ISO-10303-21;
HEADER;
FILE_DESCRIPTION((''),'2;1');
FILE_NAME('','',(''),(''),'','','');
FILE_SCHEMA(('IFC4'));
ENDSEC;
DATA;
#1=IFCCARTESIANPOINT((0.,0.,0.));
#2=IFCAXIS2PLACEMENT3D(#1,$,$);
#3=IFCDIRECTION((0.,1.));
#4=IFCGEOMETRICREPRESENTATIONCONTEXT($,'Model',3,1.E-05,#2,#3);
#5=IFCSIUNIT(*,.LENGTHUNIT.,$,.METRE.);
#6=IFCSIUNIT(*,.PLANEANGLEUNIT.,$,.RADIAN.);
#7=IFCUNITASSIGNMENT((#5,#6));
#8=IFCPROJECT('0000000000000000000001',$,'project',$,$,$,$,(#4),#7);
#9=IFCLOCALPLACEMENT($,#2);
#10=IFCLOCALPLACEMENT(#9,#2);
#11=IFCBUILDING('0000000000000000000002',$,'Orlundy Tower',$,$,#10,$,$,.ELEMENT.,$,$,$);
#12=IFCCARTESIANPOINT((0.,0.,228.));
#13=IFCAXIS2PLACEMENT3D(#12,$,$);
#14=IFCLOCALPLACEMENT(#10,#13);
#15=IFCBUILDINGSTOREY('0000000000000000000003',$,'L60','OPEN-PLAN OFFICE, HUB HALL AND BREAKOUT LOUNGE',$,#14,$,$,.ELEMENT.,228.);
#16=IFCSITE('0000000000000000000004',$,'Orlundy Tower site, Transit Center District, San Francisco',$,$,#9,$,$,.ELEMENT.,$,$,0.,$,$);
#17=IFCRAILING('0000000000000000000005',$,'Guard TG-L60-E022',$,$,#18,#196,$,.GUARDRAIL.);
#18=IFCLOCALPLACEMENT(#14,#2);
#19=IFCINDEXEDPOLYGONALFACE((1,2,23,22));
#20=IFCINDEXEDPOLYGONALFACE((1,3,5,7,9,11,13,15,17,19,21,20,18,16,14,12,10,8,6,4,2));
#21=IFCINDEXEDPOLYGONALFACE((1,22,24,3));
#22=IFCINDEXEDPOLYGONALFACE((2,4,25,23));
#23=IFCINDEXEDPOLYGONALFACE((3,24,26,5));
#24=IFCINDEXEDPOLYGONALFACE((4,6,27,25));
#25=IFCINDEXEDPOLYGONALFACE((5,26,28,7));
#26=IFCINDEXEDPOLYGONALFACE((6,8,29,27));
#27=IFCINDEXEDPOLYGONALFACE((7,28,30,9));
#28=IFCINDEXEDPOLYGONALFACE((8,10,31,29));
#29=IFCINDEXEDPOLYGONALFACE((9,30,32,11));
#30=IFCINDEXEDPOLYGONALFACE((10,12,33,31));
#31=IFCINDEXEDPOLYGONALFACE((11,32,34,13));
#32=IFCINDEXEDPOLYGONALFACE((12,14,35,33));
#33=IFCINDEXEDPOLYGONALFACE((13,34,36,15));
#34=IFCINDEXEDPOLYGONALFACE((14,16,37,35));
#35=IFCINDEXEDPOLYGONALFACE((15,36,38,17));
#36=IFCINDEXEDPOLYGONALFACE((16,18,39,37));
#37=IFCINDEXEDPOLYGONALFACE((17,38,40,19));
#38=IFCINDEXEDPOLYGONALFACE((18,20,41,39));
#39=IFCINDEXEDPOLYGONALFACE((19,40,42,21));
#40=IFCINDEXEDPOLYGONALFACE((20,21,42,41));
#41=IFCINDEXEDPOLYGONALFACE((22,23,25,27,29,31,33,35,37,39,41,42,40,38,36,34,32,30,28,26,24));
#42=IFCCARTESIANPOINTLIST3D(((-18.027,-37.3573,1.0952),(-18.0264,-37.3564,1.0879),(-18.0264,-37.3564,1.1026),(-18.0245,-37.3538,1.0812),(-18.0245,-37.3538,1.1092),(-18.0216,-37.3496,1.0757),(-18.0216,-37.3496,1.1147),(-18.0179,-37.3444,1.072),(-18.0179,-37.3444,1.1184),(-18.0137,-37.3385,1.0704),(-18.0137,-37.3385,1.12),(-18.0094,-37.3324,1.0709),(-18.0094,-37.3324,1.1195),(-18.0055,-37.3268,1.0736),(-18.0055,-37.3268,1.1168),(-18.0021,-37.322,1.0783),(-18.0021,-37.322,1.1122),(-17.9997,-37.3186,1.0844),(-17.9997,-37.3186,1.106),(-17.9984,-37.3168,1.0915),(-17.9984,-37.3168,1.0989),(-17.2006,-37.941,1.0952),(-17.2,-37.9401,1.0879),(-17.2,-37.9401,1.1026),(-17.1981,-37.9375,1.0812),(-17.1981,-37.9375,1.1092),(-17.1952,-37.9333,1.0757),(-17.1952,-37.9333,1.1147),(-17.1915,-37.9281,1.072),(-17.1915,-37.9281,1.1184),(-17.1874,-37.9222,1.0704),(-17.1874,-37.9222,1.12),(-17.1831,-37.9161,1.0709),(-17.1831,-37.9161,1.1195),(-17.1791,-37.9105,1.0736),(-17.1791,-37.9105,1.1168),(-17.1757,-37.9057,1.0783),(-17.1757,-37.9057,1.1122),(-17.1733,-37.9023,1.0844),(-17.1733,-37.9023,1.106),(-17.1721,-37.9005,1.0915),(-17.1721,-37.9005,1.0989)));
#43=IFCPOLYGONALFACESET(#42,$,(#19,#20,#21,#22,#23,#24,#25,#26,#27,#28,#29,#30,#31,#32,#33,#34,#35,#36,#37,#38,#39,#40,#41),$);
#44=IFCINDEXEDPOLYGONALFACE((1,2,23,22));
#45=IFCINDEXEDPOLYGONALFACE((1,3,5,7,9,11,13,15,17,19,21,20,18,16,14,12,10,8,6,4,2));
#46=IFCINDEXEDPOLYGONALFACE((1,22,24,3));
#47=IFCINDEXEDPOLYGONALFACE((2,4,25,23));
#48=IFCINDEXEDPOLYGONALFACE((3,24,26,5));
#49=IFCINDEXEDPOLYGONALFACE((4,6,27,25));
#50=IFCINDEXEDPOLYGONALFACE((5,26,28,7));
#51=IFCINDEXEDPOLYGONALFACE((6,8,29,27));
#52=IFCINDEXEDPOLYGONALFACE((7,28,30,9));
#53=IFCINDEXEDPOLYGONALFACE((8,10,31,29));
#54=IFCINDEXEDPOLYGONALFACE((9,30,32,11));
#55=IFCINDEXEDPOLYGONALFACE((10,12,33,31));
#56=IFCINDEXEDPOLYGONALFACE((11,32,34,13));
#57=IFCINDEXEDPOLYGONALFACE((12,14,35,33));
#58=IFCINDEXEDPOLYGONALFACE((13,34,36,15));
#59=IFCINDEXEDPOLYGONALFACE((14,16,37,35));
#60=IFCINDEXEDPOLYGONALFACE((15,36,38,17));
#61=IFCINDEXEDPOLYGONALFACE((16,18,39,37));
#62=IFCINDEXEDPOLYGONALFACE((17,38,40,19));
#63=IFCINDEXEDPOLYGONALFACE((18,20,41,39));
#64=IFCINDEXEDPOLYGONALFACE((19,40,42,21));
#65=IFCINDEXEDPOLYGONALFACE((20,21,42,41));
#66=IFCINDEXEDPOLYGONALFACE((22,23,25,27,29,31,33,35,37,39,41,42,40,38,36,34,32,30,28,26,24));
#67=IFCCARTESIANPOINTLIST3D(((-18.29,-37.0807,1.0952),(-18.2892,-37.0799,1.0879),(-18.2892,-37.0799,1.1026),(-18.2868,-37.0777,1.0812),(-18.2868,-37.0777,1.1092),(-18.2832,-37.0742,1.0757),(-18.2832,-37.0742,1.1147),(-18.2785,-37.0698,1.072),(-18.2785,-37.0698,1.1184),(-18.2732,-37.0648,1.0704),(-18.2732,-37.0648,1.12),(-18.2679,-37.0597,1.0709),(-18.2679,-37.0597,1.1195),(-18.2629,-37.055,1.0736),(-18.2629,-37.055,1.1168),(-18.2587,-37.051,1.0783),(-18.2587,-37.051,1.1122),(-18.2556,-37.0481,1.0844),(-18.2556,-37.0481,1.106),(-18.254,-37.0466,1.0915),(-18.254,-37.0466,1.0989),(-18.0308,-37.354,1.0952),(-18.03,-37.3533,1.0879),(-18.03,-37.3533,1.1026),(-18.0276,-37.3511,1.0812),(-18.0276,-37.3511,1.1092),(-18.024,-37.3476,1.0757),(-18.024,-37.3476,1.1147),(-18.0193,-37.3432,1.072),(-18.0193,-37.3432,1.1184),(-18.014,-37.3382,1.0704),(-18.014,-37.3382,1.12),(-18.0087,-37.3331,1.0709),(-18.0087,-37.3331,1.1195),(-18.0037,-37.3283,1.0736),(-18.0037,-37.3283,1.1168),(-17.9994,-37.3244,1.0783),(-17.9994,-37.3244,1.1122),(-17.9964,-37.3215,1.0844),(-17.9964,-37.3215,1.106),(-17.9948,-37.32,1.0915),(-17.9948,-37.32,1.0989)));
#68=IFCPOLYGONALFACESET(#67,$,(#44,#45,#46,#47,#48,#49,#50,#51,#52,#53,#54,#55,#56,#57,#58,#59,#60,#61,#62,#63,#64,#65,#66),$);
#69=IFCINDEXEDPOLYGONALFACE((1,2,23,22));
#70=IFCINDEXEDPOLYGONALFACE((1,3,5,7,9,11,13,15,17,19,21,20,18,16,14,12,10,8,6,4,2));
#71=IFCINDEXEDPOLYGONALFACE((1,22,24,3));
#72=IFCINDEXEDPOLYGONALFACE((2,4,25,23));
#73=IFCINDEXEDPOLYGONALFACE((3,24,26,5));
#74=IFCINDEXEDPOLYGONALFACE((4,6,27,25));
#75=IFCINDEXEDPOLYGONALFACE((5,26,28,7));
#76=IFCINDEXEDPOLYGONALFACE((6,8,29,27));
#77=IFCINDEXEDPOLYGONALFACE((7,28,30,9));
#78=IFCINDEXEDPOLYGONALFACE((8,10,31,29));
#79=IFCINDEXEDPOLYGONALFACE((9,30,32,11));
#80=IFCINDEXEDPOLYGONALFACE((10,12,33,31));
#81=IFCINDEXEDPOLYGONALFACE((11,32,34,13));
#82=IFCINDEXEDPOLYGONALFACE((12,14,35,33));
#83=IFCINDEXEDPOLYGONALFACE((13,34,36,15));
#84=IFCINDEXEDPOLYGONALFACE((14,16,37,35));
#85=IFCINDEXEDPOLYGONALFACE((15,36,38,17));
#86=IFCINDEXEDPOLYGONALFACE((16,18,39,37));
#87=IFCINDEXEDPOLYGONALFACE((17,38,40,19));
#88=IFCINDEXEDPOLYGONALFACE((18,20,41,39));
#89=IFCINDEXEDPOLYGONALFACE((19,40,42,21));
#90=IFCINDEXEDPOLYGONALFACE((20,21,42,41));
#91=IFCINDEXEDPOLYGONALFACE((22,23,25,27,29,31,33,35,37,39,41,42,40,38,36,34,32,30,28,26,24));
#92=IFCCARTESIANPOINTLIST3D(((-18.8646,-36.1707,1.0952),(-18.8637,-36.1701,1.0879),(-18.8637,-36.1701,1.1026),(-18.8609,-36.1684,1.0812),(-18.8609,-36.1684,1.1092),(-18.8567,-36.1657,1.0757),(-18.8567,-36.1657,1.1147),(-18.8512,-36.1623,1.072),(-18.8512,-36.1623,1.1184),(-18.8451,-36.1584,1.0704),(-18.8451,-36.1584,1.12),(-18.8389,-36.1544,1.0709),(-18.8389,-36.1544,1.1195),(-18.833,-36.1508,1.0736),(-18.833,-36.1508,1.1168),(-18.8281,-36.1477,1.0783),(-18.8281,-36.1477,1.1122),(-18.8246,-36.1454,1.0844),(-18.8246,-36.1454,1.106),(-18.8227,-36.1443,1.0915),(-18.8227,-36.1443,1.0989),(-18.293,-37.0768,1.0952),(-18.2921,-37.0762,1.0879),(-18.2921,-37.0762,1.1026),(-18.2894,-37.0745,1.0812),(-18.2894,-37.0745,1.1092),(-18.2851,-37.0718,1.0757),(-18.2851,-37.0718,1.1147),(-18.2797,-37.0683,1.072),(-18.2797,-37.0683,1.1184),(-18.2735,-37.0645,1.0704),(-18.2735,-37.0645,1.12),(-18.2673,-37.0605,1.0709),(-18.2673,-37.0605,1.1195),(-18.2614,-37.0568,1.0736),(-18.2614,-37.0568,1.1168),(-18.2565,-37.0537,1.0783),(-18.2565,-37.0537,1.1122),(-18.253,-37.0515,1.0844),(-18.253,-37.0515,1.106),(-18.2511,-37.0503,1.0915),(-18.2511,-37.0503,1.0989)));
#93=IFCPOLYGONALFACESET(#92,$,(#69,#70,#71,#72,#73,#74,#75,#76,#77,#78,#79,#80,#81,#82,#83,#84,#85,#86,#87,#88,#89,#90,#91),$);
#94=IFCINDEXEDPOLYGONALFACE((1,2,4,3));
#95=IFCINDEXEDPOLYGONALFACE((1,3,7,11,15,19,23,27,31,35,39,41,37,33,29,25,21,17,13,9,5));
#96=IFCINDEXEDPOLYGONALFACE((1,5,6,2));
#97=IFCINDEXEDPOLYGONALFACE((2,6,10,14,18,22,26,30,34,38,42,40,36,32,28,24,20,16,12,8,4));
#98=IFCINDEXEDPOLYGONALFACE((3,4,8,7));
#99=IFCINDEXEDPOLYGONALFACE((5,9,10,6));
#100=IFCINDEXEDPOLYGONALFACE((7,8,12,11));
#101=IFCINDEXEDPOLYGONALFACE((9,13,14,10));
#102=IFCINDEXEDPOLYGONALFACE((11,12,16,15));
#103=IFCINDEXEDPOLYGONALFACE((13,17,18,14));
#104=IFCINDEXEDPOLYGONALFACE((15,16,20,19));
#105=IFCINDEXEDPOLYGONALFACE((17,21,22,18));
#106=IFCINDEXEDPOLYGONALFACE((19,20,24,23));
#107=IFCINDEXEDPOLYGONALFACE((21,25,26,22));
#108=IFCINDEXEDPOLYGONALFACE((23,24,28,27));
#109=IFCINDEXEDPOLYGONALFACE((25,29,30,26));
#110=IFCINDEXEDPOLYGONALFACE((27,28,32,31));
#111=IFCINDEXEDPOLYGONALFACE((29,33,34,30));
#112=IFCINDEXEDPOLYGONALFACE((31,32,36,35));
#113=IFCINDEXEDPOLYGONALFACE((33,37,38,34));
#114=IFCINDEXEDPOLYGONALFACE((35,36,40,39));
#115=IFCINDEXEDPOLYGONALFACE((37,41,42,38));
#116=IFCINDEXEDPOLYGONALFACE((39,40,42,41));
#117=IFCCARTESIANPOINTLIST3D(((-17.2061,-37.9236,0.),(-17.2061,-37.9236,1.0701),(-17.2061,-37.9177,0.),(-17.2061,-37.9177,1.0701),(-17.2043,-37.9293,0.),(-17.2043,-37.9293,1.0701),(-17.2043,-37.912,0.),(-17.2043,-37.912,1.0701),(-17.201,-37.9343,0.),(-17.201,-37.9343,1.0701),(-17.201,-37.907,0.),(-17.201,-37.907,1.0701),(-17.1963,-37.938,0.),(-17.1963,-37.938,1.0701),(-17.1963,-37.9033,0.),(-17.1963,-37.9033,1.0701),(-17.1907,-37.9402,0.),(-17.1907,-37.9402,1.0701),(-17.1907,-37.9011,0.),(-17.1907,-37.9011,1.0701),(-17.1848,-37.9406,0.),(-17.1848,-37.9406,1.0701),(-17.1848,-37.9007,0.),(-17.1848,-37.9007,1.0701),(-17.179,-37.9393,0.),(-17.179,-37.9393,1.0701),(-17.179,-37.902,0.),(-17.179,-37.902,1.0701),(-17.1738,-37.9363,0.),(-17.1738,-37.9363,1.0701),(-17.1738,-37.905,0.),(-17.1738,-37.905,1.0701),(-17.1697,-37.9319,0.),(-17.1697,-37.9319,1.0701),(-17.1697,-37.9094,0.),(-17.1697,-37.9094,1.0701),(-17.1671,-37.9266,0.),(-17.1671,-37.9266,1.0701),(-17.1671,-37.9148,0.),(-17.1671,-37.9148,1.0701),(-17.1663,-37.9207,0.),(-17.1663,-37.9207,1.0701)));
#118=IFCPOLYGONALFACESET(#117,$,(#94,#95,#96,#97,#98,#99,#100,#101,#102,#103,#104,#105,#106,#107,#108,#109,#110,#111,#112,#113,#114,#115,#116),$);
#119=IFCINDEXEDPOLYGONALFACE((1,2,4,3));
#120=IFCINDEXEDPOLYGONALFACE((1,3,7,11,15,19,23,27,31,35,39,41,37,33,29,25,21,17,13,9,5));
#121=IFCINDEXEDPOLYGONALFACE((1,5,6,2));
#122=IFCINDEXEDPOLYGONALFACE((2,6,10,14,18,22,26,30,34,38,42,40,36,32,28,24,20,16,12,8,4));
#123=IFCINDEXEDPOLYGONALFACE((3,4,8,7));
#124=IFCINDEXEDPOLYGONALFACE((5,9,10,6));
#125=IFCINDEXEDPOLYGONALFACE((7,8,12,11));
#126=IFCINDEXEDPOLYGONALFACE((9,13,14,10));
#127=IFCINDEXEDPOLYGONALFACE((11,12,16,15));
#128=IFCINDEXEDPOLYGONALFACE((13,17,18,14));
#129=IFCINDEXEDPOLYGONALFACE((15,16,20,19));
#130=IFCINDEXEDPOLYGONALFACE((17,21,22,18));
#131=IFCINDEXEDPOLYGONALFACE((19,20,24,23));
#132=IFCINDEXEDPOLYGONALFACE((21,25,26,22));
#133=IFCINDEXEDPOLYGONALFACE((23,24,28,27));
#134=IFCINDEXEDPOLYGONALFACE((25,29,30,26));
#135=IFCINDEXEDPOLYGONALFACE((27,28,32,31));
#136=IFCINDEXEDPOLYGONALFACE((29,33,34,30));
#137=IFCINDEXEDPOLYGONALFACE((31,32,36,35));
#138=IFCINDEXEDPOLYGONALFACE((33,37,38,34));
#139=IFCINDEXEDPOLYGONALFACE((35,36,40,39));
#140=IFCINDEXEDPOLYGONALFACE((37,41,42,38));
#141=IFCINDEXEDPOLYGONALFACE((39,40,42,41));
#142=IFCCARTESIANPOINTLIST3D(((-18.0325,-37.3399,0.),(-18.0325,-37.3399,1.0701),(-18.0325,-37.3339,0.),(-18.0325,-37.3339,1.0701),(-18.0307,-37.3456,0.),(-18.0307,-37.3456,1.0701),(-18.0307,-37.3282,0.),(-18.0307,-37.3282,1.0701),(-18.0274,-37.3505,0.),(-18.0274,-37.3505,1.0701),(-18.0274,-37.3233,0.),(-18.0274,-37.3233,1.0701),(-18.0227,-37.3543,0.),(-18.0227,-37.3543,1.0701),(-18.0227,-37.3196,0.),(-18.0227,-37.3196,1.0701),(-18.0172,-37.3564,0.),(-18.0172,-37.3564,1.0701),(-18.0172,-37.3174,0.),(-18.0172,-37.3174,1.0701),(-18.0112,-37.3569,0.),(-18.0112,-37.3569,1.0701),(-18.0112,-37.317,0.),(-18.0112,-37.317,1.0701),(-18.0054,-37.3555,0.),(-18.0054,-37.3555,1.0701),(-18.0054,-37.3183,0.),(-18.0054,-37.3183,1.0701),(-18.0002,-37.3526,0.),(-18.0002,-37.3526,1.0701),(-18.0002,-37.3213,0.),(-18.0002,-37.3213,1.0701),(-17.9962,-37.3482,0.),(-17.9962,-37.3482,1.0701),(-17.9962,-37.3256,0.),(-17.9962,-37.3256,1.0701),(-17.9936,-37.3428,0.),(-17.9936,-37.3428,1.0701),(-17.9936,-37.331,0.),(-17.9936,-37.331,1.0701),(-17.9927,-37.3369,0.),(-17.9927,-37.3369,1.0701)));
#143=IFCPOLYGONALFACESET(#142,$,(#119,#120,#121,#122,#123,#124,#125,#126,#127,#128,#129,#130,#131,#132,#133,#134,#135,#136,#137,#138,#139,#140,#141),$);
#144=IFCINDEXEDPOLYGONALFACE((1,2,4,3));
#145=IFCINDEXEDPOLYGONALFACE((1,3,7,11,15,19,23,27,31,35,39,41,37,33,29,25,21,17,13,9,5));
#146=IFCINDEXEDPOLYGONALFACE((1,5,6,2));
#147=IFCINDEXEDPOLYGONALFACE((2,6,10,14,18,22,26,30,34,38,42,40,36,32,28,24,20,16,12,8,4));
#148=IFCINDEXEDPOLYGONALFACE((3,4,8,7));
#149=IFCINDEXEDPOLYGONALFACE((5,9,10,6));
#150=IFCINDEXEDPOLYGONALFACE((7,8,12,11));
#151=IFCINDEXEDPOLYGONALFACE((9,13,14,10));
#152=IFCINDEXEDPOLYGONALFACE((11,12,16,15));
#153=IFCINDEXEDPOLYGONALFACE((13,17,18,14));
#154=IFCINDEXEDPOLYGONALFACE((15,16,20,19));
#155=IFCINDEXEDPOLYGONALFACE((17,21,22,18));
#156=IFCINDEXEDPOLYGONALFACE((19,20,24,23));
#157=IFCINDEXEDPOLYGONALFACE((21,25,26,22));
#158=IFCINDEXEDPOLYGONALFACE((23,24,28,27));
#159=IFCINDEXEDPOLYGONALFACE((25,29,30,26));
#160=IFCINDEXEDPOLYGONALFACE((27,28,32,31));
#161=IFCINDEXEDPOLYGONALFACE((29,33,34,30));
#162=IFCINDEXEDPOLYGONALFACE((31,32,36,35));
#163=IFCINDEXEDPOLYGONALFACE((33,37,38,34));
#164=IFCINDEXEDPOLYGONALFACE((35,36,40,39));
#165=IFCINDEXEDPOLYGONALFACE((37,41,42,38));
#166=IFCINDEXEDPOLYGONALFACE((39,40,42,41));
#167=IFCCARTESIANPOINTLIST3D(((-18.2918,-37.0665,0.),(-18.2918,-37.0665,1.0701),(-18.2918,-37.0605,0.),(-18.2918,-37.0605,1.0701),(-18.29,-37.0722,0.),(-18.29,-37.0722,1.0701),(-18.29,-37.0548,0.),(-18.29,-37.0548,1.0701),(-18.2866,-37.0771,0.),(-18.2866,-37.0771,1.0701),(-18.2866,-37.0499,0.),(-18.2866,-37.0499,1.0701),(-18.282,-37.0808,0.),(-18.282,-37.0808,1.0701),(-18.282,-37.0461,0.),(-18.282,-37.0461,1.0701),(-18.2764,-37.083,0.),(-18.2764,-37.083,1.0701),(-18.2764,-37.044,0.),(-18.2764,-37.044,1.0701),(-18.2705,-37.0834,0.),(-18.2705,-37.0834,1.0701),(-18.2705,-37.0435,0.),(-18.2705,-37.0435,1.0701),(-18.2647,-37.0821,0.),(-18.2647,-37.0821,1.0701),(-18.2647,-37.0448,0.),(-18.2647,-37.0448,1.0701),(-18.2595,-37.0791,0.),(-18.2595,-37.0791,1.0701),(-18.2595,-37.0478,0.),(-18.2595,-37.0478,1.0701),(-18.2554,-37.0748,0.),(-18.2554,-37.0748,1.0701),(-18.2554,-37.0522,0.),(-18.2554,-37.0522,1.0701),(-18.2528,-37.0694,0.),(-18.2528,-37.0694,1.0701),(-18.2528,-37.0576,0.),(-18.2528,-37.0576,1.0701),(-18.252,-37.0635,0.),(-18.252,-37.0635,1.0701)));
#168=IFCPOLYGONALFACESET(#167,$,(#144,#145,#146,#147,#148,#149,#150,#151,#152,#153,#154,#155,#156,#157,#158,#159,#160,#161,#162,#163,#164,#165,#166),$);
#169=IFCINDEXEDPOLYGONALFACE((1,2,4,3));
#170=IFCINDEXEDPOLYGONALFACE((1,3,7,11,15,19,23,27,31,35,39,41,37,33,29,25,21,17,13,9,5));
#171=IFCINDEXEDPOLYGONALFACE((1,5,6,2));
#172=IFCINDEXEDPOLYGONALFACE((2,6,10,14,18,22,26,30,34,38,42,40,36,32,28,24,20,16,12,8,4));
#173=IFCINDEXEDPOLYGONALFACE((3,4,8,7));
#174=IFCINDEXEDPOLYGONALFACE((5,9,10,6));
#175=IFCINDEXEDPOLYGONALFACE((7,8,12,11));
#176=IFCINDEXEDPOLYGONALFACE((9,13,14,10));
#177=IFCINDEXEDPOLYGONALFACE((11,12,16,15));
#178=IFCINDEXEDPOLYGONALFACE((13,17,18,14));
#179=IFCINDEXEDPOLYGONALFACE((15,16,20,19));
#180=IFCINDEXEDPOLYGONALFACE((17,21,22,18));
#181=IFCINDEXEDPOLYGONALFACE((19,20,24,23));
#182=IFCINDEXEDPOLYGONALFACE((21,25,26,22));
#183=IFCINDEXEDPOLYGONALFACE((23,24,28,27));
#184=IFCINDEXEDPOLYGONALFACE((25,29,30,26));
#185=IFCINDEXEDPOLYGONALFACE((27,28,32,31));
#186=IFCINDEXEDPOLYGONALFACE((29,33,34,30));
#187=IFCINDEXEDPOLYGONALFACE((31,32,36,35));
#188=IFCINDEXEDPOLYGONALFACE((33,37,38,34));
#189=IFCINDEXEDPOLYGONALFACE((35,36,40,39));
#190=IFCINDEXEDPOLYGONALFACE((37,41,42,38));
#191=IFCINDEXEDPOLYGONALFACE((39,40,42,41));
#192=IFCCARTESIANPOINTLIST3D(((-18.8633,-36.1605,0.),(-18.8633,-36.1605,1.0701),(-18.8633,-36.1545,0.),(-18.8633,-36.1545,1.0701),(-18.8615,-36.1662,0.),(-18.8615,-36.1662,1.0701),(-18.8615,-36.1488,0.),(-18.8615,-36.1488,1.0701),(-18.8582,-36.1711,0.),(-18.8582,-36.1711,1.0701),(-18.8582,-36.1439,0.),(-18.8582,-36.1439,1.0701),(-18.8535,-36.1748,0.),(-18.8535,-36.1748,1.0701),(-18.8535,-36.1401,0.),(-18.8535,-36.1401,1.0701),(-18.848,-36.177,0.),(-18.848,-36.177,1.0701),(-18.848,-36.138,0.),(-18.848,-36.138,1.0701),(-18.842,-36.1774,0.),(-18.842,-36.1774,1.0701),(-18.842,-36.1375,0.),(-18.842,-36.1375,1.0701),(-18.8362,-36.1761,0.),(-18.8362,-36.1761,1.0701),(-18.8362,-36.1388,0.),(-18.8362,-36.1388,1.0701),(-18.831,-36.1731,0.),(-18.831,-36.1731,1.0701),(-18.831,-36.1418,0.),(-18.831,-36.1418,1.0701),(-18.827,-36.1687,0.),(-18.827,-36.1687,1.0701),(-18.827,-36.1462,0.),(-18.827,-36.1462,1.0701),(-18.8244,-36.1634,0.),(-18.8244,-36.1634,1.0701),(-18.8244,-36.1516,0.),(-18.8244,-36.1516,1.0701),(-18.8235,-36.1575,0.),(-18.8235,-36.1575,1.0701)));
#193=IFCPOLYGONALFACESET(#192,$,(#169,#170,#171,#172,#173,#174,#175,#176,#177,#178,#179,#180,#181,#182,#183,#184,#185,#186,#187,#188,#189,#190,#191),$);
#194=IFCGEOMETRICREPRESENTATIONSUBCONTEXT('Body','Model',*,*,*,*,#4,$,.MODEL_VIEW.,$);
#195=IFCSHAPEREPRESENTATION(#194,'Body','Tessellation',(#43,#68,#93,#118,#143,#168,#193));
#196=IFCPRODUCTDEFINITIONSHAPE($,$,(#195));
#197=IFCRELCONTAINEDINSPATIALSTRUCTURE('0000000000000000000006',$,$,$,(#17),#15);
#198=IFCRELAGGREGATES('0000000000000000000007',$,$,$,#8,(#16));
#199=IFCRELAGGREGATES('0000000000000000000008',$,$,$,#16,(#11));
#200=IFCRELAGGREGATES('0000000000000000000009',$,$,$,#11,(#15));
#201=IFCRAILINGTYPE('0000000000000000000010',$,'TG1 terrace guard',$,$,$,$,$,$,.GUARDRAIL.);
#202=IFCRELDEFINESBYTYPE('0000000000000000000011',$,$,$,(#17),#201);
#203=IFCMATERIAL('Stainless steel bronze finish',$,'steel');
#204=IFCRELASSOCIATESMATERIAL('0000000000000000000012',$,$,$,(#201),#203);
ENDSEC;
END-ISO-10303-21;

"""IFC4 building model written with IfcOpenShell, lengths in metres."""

from ifc_helpers import new_model, si_unit, direction, frame, origin, origin_2d, place, context, subcontext, project, spatial, circle, extrude, material, type_object, element, save


model = new_model("IFC4")

# Units and contexts
model_context = context("Model", 3, precision=1e-05, world=origin(), true_north=direction((0.0, 1.0)))
body_context = subcontext(model_context, "Body", "Model", "MODEL_VIEW")
ifc_project = project(units=[si_unit("LENGTHUNIT", "METRE"), si_unit("PLANEANGLEUNIT", "RADIAN")], contexts=[model_context])

# Site, building, storey
site_placement = place(None, origin())
site = spatial("IfcSite", under=ifc_project, at=site_placement, Name="Orlundy Tower site, Transit Center District, San Francisco", CompositionType="ELEMENT", RefElevation=0.0)
building_placement = place(site_placement, origin())
building = spatial("IfcBuilding", under=site, at=building_placement, Name="Orlundy Tower", CompositionType="ELEMENT")
storey_placement = place(building_placement, frame((0.0, 0.0, 228.0)))
storey = spatial("IfcBuildingStorey", under=building, at=storey_placement, Name="L60", Description="OPEN-PLAN OFFICE, HUB HALL AND BREAKOUT LOUNGE", CompositionType="ELEMENT", Elevation=228.0)

# Railing
ifc_material_1 = material(Name="Stainless steel bronze finish", Category="steel")
railing_type = type_object("IfcRailingType", Name="TG1 terrace guard", PredefinedType="GUARDRAIL", material=ifc_material_1)
railing_1_placement = place(storey_placement, frame((-17.1863, -37.9207, 0.0)))
element("IfcRailing", 1, at=railing_1_placement, inside=storey, type_object=railing_type, Name="Guard TG-L60-E022", PredefinedType="GUARDRAIL", context=body_context, shape_type="SweptSolid", body=[
    extrude(circle(Radius=0.0249, at=origin_2d()), frame((0.0, 0.0, 1.0952), z_axis=(-0.816787, 0.576939, 0.0), x_axis=(-0.576939, -0.816787, 0.0)), (0.0, 0.0, 1.0), 1.0117),
    extrude(circle(Radius=0.0249, at=origin_2d()), frame((-0.8264, 0.5837, 1.0952), z_axis=(-0.688068, 0.725646, 0.0), x_axis=(-0.725646, -0.688068, 0.0)), (0.0, 0.0, 1.0), 0.3767),
    extrude(circle(Radius=0.0249, at=origin_2d()), frame((-1.0857, 0.8572, 1.0952), z_axis=(-0.533538, 0.845776, 0.0), x_axis=(-0.845776, -0.533538, 0.0)), (0.0, 0.0, 1.0), 1.0713),
    extrude(circle(Radius=0.02, at=origin_2d()), origin(), (0.0, 0.0, 1.0), 1.0701),
    extrude(circle(Radius=0.02, at=origin_2d()), frame((-0.8264, 0.5837, 0.0)), (0.0, 0.0, 1.0), 1.0701),
    extrude(circle(Radius=0.02, at=origin_2d()), frame((-1.0857, 0.8572, 0.0)), (0.0, 0.0, 1.0), 1.0701),
    extrude(circle(Radius=0.02, at=origin_2d()), frame((-1.6572, 1.7632, 0.0)), (0.0, 0.0, 1.0), 1.0701),
])

save(model, "model.ifc")
